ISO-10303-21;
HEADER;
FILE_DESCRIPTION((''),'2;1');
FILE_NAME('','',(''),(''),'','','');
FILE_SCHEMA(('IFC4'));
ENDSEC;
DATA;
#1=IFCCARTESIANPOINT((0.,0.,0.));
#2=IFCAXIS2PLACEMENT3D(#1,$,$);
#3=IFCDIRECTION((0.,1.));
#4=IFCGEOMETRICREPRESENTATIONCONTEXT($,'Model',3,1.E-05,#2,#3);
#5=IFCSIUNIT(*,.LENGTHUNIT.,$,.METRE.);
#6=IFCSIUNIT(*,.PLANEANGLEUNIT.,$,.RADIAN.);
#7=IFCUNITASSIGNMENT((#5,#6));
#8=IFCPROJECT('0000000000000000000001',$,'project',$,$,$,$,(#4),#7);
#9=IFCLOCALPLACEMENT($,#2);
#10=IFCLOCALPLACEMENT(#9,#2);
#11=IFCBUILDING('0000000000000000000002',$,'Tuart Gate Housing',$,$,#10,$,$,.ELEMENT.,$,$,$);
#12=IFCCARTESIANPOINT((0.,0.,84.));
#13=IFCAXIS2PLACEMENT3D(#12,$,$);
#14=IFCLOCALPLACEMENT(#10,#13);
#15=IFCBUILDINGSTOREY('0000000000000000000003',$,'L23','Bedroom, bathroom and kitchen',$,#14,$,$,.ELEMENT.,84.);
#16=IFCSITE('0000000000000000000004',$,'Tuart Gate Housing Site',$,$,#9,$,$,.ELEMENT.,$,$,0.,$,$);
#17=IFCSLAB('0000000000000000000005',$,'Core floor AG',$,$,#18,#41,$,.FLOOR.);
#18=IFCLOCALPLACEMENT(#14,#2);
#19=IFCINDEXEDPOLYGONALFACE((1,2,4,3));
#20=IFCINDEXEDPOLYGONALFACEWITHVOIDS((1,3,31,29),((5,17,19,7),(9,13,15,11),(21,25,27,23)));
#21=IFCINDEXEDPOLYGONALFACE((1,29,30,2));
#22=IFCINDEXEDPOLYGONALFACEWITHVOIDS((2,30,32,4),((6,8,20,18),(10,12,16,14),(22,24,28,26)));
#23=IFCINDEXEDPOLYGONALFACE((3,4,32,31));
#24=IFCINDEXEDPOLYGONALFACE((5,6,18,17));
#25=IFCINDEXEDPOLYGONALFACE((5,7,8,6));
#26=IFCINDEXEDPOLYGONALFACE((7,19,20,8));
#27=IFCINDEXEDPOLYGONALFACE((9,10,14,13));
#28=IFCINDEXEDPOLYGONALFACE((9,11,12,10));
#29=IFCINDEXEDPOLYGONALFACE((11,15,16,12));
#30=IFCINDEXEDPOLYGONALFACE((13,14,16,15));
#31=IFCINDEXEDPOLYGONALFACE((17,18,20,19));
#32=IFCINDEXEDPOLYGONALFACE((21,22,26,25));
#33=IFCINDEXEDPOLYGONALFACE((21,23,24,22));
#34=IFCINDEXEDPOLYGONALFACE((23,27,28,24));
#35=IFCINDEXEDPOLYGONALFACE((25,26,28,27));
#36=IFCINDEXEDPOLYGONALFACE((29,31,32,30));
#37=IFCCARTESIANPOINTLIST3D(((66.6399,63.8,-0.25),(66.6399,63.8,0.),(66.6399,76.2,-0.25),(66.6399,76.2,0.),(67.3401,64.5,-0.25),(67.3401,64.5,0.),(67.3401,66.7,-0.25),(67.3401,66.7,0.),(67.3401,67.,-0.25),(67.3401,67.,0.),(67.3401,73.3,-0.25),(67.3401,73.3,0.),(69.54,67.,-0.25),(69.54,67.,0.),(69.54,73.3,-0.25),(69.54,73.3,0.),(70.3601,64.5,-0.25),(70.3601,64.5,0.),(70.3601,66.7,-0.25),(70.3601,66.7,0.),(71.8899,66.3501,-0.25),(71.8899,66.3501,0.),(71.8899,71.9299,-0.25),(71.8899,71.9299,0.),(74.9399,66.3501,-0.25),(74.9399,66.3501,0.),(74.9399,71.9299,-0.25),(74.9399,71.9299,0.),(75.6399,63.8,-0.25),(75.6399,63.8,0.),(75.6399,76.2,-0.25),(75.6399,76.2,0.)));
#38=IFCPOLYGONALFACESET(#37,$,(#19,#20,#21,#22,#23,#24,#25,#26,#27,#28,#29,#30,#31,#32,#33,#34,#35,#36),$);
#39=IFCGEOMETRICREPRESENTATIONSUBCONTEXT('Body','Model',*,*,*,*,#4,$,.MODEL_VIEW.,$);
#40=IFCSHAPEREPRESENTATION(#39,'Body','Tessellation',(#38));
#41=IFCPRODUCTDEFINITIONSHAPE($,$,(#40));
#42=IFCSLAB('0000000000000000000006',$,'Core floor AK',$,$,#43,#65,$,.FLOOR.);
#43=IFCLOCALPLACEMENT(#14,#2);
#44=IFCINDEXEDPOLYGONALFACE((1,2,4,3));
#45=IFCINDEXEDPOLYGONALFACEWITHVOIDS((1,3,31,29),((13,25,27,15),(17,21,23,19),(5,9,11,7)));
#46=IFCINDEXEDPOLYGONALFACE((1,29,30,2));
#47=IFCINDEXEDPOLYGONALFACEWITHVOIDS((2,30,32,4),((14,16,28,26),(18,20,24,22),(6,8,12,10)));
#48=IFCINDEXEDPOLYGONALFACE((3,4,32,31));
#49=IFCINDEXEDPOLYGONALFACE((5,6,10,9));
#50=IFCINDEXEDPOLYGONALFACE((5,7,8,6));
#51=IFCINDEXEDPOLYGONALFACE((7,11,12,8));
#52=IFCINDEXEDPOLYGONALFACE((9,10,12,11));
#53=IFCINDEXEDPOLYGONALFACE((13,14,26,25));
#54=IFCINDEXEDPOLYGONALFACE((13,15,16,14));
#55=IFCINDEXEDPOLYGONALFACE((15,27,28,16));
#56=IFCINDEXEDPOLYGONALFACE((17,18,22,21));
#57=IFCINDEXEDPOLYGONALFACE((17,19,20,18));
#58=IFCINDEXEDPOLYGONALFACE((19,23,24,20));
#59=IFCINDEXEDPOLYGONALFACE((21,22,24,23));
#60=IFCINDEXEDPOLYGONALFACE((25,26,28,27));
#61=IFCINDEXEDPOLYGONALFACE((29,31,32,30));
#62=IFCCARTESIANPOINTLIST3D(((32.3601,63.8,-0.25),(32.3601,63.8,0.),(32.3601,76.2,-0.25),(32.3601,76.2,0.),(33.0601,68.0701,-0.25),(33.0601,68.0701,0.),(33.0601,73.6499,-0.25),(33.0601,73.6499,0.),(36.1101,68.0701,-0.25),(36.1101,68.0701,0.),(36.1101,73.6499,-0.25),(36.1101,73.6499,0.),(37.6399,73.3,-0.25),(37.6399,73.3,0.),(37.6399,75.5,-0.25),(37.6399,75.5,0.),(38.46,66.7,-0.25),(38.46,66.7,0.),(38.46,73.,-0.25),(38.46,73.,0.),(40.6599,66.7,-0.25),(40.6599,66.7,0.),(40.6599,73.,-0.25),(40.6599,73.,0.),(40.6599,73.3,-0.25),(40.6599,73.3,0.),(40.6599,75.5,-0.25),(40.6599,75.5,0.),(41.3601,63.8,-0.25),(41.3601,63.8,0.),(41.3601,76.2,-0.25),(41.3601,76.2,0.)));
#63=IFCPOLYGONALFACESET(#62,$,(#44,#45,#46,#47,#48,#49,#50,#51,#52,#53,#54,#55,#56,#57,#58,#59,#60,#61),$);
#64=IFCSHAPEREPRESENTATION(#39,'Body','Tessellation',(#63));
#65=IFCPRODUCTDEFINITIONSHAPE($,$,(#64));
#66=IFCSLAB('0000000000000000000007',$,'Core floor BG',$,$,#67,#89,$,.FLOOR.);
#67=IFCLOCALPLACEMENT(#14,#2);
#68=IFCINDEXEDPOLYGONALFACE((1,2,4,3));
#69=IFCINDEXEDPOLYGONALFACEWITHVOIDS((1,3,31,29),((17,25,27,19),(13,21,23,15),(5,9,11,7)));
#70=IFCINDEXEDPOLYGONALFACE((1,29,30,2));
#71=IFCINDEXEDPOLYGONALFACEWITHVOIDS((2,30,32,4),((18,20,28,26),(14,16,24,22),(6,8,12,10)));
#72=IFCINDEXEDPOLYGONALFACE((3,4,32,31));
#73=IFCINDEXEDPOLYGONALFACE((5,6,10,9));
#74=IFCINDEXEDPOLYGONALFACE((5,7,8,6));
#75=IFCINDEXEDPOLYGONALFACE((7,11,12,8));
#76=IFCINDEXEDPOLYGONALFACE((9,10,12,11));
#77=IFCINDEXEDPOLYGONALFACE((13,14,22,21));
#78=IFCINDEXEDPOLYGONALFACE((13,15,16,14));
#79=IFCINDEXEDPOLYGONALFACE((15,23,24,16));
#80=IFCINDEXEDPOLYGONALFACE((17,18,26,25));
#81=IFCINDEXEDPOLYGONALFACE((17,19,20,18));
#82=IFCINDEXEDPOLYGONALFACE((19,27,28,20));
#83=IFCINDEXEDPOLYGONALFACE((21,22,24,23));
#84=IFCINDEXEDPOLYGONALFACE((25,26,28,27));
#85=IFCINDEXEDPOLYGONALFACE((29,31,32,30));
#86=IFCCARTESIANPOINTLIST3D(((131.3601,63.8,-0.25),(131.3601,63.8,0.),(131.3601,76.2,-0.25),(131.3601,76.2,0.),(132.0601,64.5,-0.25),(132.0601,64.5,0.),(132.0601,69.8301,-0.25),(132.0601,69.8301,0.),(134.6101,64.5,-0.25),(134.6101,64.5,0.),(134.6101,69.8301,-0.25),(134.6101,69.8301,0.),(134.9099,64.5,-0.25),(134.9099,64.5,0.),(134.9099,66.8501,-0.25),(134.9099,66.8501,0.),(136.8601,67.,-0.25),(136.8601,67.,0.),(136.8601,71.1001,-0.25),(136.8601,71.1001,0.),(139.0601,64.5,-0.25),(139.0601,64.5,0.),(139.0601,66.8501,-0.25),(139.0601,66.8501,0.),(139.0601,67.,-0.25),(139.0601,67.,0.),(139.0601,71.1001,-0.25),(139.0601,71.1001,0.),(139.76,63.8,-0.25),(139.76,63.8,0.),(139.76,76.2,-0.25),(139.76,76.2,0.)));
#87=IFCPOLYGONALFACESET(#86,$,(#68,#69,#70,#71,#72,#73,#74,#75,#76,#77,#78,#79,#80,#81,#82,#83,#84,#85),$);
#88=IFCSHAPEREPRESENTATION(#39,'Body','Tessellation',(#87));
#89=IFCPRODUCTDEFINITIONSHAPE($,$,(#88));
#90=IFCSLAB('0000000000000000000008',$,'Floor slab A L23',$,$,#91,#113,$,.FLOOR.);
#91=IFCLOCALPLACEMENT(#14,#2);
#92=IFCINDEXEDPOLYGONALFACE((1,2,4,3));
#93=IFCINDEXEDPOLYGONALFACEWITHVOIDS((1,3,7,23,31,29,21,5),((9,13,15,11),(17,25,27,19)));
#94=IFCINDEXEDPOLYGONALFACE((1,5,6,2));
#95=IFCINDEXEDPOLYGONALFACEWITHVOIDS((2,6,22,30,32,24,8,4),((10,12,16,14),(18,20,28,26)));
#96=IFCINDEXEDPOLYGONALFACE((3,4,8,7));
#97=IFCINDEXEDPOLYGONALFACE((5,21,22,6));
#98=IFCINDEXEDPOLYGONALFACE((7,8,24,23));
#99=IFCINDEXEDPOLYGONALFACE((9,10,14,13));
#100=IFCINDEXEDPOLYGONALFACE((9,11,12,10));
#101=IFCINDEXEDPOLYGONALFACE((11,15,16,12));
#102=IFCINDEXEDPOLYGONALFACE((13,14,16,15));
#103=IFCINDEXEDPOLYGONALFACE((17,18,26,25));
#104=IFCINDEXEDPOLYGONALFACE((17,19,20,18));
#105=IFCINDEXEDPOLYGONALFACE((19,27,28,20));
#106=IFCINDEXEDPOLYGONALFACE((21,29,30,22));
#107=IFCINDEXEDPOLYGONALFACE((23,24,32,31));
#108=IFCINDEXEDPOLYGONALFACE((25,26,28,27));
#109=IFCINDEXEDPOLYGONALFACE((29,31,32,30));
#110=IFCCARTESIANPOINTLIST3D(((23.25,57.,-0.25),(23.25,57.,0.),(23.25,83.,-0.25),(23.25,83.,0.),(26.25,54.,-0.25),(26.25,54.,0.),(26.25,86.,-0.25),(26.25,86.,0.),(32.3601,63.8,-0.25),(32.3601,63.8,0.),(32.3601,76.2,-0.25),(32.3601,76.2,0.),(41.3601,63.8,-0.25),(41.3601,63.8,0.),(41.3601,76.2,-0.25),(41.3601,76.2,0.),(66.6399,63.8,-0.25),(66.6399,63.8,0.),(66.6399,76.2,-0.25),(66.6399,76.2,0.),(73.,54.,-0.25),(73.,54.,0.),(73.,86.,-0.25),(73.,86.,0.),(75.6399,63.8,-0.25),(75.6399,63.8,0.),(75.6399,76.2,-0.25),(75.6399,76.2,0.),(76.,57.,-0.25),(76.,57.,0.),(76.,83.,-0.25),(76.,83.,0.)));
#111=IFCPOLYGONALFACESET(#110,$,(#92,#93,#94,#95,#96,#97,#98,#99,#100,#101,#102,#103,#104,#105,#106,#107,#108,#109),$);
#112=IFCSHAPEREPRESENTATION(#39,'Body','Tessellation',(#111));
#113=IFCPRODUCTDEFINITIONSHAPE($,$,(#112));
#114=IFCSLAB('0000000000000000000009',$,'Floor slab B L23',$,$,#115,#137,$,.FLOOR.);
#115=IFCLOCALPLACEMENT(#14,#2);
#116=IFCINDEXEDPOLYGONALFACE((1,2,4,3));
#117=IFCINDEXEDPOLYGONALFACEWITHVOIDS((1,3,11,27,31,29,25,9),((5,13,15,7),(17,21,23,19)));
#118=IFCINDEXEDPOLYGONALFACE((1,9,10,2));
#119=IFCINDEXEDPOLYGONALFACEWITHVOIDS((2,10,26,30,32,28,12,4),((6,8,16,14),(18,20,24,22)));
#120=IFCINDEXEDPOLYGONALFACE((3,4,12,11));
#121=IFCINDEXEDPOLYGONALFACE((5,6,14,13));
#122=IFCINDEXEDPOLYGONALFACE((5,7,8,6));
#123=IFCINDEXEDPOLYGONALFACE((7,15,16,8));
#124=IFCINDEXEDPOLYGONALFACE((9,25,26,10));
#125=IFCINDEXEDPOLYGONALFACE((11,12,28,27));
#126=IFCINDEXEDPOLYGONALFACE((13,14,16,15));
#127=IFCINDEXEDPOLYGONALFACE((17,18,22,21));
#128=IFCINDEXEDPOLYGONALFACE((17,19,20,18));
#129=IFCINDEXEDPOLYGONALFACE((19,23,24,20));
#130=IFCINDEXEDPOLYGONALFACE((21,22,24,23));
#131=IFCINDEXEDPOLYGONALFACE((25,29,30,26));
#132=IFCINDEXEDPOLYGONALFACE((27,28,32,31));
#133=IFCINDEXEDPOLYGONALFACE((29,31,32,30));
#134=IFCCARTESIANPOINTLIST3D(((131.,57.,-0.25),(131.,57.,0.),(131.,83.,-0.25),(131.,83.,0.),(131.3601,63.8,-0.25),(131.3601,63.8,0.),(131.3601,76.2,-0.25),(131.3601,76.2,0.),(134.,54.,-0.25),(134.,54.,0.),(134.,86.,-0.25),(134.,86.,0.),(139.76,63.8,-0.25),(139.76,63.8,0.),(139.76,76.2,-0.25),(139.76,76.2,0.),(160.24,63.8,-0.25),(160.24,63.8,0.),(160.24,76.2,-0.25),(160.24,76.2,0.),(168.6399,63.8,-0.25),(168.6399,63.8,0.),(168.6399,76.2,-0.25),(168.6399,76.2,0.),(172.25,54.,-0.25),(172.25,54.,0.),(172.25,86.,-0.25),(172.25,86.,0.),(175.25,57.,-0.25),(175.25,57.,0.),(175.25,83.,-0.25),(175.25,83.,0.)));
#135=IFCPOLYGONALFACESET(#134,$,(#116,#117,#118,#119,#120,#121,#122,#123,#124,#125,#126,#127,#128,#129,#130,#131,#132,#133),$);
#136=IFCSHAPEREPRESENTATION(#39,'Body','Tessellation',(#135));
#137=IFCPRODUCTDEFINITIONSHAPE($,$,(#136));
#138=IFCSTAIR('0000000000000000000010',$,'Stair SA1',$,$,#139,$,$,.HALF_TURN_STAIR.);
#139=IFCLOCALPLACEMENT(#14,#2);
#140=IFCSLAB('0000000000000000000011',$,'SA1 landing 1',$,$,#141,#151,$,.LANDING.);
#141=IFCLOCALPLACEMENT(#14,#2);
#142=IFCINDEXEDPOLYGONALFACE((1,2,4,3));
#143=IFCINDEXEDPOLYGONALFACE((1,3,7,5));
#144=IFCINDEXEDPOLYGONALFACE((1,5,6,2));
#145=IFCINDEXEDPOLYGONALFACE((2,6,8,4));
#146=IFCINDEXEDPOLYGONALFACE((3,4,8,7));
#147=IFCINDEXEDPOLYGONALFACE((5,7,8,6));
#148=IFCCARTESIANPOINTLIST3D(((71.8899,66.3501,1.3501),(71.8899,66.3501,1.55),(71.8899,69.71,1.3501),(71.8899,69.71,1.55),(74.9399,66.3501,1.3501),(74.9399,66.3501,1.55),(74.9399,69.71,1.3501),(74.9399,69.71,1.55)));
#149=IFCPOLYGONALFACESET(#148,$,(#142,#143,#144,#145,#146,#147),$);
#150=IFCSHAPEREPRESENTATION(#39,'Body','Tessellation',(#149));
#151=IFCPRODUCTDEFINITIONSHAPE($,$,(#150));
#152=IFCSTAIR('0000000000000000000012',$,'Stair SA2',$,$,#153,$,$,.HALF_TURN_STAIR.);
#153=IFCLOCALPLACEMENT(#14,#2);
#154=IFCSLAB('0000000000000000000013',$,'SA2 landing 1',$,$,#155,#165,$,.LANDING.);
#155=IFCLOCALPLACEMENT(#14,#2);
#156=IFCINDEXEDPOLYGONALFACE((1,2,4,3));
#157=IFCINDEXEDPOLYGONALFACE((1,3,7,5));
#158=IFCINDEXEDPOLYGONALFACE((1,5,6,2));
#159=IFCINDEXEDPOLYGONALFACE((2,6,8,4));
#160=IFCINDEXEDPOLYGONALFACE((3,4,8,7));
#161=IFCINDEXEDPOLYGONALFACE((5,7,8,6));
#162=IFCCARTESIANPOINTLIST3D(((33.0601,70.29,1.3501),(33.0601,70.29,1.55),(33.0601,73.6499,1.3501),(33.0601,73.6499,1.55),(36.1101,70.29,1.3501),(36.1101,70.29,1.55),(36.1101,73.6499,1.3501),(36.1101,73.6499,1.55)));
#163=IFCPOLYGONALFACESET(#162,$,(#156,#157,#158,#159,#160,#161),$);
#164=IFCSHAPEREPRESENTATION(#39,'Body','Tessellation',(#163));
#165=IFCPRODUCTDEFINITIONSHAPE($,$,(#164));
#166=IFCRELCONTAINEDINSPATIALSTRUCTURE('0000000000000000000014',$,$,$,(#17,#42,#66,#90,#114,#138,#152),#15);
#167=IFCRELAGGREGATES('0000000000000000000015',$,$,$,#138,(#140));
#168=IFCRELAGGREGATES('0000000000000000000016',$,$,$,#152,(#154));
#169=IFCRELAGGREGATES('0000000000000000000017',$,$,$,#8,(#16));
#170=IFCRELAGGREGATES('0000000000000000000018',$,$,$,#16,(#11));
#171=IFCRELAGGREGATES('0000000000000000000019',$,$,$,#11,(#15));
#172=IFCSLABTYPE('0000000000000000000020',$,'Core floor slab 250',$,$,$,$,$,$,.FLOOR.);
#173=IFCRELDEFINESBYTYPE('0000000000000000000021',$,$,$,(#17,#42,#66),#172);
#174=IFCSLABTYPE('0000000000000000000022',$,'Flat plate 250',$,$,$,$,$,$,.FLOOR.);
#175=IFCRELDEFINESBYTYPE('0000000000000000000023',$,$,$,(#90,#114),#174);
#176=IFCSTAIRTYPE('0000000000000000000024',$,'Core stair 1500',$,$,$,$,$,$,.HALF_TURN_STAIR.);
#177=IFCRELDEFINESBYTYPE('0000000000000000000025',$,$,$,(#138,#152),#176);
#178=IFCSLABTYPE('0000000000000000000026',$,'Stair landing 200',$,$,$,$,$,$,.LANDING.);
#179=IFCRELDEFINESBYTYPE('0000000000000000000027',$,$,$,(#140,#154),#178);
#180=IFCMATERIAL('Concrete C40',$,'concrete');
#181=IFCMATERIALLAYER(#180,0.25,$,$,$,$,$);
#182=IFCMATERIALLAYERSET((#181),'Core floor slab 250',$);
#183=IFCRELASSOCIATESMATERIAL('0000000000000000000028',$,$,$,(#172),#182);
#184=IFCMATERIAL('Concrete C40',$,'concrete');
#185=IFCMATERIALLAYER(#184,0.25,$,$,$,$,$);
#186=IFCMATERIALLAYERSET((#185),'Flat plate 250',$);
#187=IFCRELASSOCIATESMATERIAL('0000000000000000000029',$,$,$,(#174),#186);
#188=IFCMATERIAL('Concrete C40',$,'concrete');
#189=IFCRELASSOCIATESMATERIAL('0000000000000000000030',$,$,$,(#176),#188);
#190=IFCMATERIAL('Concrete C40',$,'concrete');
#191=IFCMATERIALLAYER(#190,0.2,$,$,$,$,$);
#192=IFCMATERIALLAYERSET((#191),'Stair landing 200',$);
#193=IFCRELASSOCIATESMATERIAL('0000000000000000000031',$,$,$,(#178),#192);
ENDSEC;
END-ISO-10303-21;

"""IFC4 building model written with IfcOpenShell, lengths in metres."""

from ifc_helpers import new_model, si_unit, direction, frame, origin, place, context, subcontext, project, spatial, polyline, outline, extrude, material, layer, layer_set, type_object, element, aggregate, save


model = new_model("IFC4")

# Units and contexts
model_context = context("Model", 3, precision=1e-05, world=origin(), true_north=direction((0.0, 1.0)))
body_context = subcontext(model_context, "Body", "Model", "MODEL_VIEW")
ifc_project = project(units=[si_unit("LENGTHUNIT", "METRE"), si_unit("PLANEANGLEUNIT", "RADIAN")], contexts=[model_context])

# Site, building, storey
site_placement = place(None, origin())
site = spatial("IfcSite", under=ifc_project, at=site_placement, Name="Tuart Gate Housing Site", CompositionType="ELEMENT", RefElevation=0.0)
building_placement = place(site_placement, origin())
building = spatial("IfcBuilding", under=site, at=building_placement, Name="Tuart Gate Housing", CompositionType="ELEMENT")
storey_placement = place(building_placement, frame((0.0, 0.0, 84.0)))
storey = spatial("IfcBuildingStorey", under=building, at=storey_placement, Name="L23", Description="Bedroom, bathroom and kitchen", CompositionType="ELEMENT", Elevation=84.0)

# Slabs
ifc_material_1 = material(Name="Concrete C40", Category="concrete")
ifc_layer_1 = layer(ifc_material_1, 0.25)
ifc_layer_set_1 = layer_set([ifc_layer_1], Name="Core floor slab 250")
slab_type_1 = type_object("IfcSlabType", Name="Core floor slab 250", PredefinedType="FLOOR", material=ifc_layer_set_1)
slab_1_placement = place(storey_placement, frame((0.0, 0.0, -0.25)))
element("IfcSlab", 1, at=slab_1_placement, inside=storey, type_object=slab_type_1, Name="Core floor AG", PredefinedType="FLOOR", context=body_context, shape_type="SweptSolid", body=[
    extrude(outline(polyline([(66.6399, 63.8), (75.6399, 63.8), (75.6399, 76.2), (66.6399, 76.2), (66.6399, 63.8)]), holes=[polyline([(67.3401, 64.5), (70.3601, 64.5), (70.3601, 66.7), (67.3401, 66.7), (67.3401, 64.5)]), polyline([(67.3401, 67.0), (69.54, 67.0), (69.54, 73.3), (67.3401, 73.3), (67.3401, 67.0)]), polyline([(71.8899, 66.3501), (74.9399, 66.3501), (74.9399, 71.9299), (71.8899, 71.9299), (71.8899, 66.3501)])]), origin(), (0.0, 0.0, 1.0), 0.25),
])
slab_2_placement = place(storey_placement, frame((0.0, 0.0, -0.25)))
element("IfcSlab", 2, at=slab_2_placement, inside=storey, type_object=slab_type_1, Name="Core floor AK", PredefinedType="FLOOR", context=body_context, shape_type="SweptSolid", body=[
    extrude(outline(polyline([(32.3601, 63.8), (41.3601, 63.8), (41.3601, 76.2), (32.3601, 76.2), (32.3601, 63.8)]), holes=[polyline([(40.6599, 75.5), (37.6399, 75.5), (37.6399, 73.3), (40.6599, 73.3), (40.6599, 75.5)]), polyline([(40.6599, 73.0), (38.46, 73.0), (38.46, 66.7), (40.6599, 66.7), (40.6599, 73.0)]), polyline([(36.1101, 73.6499), (33.0601, 73.6499), (33.0601, 68.0701), (36.1101, 68.0701), (36.1101, 73.6499)])]), origin(), (0.0, 0.0, 1.0), 0.25),
])
slab_3_placement = place(storey_placement, frame((0.0, 0.0, -0.25)))
element("IfcSlab", 3, at=slab_3_placement, inside=storey, type_object=slab_type_1, Name="Core floor BG", PredefinedType="FLOOR", context=body_context, shape_type="SweptSolid", body=[
    extrude(outline(polyline([(131.3601, 63.8), (139.76, 63.8), (139.76, 76.2), (131.3601, 76.2), (131.3601, 63.8)]), holes=[polyline([(139.0601, 66.8501), (134.9099, 66.8501), (134.9099, 64.5), (139.0601, 64.5), (139.0601, 66.8501)]), polyline([(139.0601, 71.1001), (136.8601, 71.1001), (136.8601, 67.0), (139.0601, 67.0), (139.0601, 71.1001)]), polyline([(134.6101, 69.8301), (132.0601, 69.8301), (132.0601, 64.5), (134.6101, 64.5), (134.6101, 69.8301)])]), origin(), (0.0, 0.0, 1.0), 0.25),
])
ifc_material_2 = material(Name="Concrete C40", Category="concrete")
ifc_layer_2 = layer(ifc_material_2, 0.25)
ifc_layer_set_2 = layer_set([ifc_layer_2], Name="Flat plate 250")
slab_type_2 = type_object("IfcSlabType", Name="Flat plate 250", PredefinedType="FLOOR", material=ifc_layer_set_2)
slab_4_placement = place(storey_placement, frame((0.0, 0.0, -0.25)))
element("IfcSlab", 4, at=slab_4_placement, inside=storey, type_object=slab_type_2, Name="Floor slab A L23", PredefinedType="FLOOR", context=body_context, shape_type="SweptSolid", body=[
    extrude(outline(polyline([(26.25, 86.0), (23.25, 83.0), (23.25, 57.0), (26.25, 54.0), (73.0, 54.0), (76.0, 57.0), (76.0, 83.0), (73.0, 86.0), (26.25, 86.0)]), holes=[polyline([(66.6399, 76.2), (75.6399, 76.2), (75.6399, 63.8), (66.6399, 63.8), (66.6399, 76.2)]), polyline([(41.3601, 76.2), (41.3601, 63.8), (32.3601, 63.8), (32.3601, 76.2), (41.3601, 76.2)])]), origin(), (0.0, 0.0, 1.0), 0.25),
])
slab_5_placement = place(storey_placement, frame((0.0, 0.0, -0.25)))
element("IfcSlab", 5, at=slab_5_placement, inside=storey, type_object=slab_type_2, Name="Floor slab B L23", PredefinedType="FLOOR", context=body_context, shape_type="SweptSolid", body=[
    extrude(outline(polyline([(134.0, 86.0), (131.0, 83.0), (131.0, 57.0), (134.0, 54.0), (172.25, 54.0), (175.25, 57.0), (175.25, 83.0), (172.25, 86.0), (134.0, 86.0)]), holes=[polyline([(131.3601, 76.2), (139.76, 76.2), (139.76, 63.8), (131.3601, 63.8), (131.3601, 76.2)]), polyline([(168.6399, 76.2), (168.6399, 63.8), (160.24, 63.8), (160.24, 76.2), (168.6399, 76.2)])]), origin(), (0.0, 0.0, 1.0), 0.25),
])

# Stairs, slabs
ifc_material_3 = material(Name="Concrete C40", Category="concrete")
stair_type = type_object("IfcStairType", Name="Core stair 1500", PredefinedType="HALF_TURN_STAIR", material=ifc_material_3)
stair_1_placement = place(storey_placement, origin())
stair_1 = element("IfcStair", 6, at=stair_1_placement, inside=storey, type_object=stair_type, Name="Stair SA1", PredefinedType="HALF_TURN_STAIR")
ifc_material_4 = material(Name="Concrete C40", Category="concrete")
ifc_layer_3 = layer(ifc_material_4, 0.2)
ifc_layer_set_3 = layer_set([ifc_layer_3], Name="Stair landing 200")
slab_type_3 = type_object("IfcSlabType", Name="Stair landing 200", PredefinedType="LANDING", material=ifc_layer_set_3)
slab_6_placement = place(storey_placement, frame((0.0, 0.0, 1.3501)))
slab_6 = element("IfcSlab", 7, at=slab_6_placement, type_object=slab_type_3, Name="SA1 landing 1", PredefinedType="LANDING", context=body_context, shape_type="SweptSolid", body=[
    extrude(outline(polyline([(71.8899, 66.3501), (74.9399, 66.3501), (74.9399, 69.71), (71.8899, 69.71), (71.8899, 66.3501)])), origin(), (0.0, 0.0, 1.0), 0.2),
])
aggregate(stair_1, [slab_6])
stair_2_placement = place(storey_placement, origin())
stair_2 = element("IfcStair", 8, at=stair_2_placement, inside=storey, type_object=stair_type, Name="Stair SA2", PredefinedType="HALF_TURN_STAIR")
slab_7_placement = place(storey_placement, frame((0.0, 0.0, 1.3501)))
slab_7 = element("IfcSlab", 9, at=slab_7_placement, type_object=slab_type_3, Name="SA2 landing 1", PredefinedType="LANDING", context=body_context, shape_type="SweptSolid", body=[
    extrude(outline(polyline([(36.1101, 73.6499), (33.0601, 73.6499), (33.0601, 70.29), (36.1101, 70.29), (36.1101, 73.6499)])), origin(), (0.0, 0.0, 1.0), 0.2),
])
aggregate(stair_2, [slab_7])

save(model, "model.ifc")
